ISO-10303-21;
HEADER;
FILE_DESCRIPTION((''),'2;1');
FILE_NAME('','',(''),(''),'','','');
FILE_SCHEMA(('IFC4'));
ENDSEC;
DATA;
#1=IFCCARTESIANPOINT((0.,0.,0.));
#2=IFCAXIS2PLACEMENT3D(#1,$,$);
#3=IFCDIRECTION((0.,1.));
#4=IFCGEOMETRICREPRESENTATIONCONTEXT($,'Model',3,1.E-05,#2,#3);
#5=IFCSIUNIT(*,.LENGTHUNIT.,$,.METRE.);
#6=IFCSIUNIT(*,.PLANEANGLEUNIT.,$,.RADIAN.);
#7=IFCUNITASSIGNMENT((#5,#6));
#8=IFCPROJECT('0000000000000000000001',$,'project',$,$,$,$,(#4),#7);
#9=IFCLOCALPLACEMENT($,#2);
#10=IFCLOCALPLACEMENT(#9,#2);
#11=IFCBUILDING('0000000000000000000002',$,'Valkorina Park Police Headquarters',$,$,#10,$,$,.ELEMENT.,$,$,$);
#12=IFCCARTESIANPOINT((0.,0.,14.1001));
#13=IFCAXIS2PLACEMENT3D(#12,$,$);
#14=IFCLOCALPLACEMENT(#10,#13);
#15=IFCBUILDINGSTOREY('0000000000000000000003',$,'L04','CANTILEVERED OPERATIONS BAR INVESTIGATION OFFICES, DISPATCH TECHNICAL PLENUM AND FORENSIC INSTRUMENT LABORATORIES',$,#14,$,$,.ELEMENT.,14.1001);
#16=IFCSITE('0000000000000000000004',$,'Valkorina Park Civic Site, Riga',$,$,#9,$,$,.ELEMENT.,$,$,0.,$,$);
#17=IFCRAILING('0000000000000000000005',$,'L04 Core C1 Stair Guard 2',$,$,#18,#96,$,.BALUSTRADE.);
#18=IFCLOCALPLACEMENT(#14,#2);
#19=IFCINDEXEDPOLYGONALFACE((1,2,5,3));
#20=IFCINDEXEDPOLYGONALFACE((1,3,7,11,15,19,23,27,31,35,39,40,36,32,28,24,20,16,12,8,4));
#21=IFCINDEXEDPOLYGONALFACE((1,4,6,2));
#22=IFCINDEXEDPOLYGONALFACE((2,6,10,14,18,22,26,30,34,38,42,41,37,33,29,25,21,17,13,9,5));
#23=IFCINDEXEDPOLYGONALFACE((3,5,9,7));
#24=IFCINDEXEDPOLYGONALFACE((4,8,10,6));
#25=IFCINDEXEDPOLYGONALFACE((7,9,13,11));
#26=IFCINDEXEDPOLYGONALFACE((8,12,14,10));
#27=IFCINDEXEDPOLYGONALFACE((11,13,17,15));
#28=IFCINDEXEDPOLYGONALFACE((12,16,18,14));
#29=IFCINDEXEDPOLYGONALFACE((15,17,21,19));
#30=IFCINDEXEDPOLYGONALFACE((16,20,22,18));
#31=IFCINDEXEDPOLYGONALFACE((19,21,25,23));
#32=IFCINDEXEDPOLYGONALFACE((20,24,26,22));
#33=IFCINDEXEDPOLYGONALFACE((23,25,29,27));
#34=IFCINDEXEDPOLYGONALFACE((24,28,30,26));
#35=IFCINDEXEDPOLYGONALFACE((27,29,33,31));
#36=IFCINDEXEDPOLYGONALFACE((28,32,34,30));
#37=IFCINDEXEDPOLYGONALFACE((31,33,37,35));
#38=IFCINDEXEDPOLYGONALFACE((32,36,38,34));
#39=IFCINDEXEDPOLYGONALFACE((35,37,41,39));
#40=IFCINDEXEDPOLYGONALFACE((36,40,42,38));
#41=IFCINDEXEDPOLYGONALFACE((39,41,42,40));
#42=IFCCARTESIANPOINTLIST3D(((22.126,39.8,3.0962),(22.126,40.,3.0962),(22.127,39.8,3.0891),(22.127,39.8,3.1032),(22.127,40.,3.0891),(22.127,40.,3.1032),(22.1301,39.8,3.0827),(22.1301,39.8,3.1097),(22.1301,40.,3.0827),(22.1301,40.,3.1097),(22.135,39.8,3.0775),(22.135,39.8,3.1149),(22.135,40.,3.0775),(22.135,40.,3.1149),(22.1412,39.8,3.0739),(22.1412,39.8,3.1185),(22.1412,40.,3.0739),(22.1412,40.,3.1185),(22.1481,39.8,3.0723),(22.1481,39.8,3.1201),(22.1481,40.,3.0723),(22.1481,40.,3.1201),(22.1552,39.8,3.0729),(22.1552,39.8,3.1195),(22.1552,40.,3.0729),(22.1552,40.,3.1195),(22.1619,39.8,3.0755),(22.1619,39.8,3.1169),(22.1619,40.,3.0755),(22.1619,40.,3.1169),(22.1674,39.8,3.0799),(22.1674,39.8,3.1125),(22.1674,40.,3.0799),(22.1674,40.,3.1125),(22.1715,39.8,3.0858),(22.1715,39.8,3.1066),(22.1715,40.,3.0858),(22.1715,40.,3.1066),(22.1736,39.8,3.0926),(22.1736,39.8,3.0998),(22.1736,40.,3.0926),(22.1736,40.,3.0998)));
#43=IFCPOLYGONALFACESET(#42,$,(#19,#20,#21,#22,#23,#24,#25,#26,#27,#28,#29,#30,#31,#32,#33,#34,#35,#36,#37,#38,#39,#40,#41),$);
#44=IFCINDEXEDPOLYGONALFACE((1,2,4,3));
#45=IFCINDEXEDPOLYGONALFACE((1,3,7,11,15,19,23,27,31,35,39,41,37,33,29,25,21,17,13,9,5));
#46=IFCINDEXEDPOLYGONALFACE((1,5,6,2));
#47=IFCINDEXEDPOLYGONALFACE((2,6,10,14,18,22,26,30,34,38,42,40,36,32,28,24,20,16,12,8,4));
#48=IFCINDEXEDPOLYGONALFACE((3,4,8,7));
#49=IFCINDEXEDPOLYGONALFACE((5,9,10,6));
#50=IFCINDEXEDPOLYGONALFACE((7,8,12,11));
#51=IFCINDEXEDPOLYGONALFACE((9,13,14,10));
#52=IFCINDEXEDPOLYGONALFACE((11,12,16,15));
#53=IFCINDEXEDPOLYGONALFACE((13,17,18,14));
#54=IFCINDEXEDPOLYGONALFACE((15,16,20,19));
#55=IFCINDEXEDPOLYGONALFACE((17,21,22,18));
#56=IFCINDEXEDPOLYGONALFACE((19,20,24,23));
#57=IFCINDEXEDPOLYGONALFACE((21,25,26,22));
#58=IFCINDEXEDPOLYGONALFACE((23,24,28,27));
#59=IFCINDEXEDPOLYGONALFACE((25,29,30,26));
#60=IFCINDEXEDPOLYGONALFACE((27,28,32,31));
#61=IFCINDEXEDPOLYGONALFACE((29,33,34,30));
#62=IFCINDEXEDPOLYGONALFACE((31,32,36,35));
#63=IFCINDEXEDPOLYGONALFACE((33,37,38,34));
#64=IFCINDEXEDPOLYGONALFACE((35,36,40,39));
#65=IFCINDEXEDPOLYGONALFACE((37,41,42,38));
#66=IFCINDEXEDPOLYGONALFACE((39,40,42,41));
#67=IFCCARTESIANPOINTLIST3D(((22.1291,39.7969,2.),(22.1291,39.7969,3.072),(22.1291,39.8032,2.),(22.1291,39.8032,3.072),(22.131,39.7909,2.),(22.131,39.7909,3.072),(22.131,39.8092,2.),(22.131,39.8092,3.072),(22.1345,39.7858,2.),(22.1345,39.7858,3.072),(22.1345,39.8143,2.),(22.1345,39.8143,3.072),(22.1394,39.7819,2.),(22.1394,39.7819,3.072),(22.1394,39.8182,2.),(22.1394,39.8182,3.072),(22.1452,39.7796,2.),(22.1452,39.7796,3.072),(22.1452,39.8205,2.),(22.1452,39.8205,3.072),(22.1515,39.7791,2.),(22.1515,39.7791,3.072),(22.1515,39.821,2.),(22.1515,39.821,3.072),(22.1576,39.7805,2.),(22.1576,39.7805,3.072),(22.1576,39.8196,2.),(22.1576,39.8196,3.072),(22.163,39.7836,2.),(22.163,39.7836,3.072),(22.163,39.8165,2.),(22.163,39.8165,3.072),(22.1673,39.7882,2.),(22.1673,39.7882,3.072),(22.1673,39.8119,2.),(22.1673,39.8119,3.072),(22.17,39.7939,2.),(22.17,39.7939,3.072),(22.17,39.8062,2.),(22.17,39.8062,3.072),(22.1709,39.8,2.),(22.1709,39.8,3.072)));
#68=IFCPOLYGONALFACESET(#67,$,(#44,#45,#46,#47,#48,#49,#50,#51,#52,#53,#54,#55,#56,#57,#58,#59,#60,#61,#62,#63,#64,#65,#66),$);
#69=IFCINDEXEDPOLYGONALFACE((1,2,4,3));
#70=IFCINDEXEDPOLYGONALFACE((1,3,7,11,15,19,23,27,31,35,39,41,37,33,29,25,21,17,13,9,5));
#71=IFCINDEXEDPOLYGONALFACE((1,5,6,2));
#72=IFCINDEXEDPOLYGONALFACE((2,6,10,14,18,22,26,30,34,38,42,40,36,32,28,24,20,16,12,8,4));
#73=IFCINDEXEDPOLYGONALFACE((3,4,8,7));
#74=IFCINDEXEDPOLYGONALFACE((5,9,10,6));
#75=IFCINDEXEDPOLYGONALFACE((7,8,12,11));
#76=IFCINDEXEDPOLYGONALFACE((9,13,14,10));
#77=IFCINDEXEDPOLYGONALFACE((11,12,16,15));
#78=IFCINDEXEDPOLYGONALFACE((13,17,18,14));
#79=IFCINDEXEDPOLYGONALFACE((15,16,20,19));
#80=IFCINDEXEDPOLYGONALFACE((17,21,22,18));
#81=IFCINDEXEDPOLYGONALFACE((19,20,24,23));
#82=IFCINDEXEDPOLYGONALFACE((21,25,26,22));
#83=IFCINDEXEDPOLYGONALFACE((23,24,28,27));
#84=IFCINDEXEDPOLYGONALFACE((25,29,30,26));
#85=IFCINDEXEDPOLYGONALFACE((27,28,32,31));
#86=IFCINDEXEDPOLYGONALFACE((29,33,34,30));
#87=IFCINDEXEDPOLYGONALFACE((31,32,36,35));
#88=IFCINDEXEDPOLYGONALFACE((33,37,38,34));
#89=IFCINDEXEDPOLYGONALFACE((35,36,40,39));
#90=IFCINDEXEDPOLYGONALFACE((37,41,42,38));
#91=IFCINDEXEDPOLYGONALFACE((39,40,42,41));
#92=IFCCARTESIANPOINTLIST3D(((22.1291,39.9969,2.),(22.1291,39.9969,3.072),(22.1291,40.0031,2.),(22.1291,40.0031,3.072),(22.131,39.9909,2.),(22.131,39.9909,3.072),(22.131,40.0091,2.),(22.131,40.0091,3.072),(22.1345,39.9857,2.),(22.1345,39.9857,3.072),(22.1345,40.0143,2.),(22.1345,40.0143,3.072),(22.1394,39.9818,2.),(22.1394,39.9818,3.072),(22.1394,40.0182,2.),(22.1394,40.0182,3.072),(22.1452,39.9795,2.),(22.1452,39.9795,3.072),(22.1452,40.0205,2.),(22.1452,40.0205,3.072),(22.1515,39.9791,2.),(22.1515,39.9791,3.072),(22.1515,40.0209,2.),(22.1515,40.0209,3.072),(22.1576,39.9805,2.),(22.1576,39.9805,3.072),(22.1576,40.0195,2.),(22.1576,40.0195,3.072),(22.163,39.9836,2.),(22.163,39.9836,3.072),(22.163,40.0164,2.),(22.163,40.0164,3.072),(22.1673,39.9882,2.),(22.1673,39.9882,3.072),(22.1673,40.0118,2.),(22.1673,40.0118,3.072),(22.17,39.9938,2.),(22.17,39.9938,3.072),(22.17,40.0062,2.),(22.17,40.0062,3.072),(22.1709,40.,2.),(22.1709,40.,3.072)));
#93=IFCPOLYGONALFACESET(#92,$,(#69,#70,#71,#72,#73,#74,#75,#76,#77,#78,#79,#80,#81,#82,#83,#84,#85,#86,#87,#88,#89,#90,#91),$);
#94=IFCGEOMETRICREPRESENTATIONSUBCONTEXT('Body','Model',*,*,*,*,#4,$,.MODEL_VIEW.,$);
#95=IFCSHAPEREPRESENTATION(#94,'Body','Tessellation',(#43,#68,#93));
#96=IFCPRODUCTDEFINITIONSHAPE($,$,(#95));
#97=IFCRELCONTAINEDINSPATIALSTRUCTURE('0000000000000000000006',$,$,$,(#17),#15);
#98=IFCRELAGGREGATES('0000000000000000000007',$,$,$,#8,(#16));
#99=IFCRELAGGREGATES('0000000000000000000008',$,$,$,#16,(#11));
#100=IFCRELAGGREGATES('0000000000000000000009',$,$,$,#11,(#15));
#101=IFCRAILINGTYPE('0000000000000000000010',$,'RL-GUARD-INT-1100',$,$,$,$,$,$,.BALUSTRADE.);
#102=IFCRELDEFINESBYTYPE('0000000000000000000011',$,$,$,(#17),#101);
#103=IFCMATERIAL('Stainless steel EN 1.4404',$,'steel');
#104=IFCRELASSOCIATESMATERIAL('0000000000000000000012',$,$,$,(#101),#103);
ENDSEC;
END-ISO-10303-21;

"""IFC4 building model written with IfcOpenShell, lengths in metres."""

from ifc_helpers import new_model, si_unit, direction, frame, origin, origin_2d, place, context, subcontext, project, spatial, circle, extrude, material, type_object, element, save


model = new_model("IFC4")

# Units and contexts
model_context = context("Model", 3, precision=1e-05, world=origin(), true_north=direction((0.0, 1.0)))
body_context = subcontext(model_context, "Body", "Model", "MODEL_VIEW")
ifc_project = project(units=[si_unit("LENGTHUNIT", "METRE"), si_unit("PLANEANGLEUNIT", "RADIAN")], contexts=[model_context])

# Site, building, storey
site_placement = place(None, origin())
site = spatial("IfcSite", under=ifc_project, at=site_placement, Name="Valkorina Park Civic Site, Riga", CompositionType="ELEMENT", RefElevation=0.0)
building_placement = place(site_placement, origin())
building = spatial("IfcBuilding", under=site, at=building_placement, Name="Valkorina Park Police Headquarters", CompositionType="ELEMENT")
storey_placement = place(building_placement, frame((0.0, 0.0, 14.1001)))
storey = spatial("IfcBuildingStorey", under=building, at=storey_placement, Name="L04", Description="CANTILEVERED OPERATIONS BAR INVESTIGATION OFFICES, DISPATCH TECHNICAL PLENUM AND FORENSIC INSTRUMENT LABORATORIES", CompositionType="ELEMENT", Elevation=14.1001)

# Shared definitions
ifc_material_1 = material(Name="Stainless steel EN 1.4404", Category="steel")

# Railing
railing_type_1 = type_object("IfcRailingType", Name="RL-GUARD-INT-1100", PredefinedType="BALUSTRADE", material=ifc_material_1)
railing_1_placement = place(storey_placement, frame((22.1499, 39.8, 2.0)))
element("IfcRailing", 1, at=railing_1_placement, inside=storey, type_object=railing_type_1, Name="L04 Core C1 Stair Guard 2", PredefinedType="BALUSTRADE", context=body_context, shape_type="SweptSolid", body=[
    extrude(circle(Radius=0.0239, at=origin_2d()), frame((0.0, 0.0, 1.0962), z_axis=(0.0, 1.0, 0.0), x_axis=(-1.0, 0.0, 0.0)), (0.0, 0.0, 1.0), 0.2),
    extrude(circle(Radius=0.021, at=origin_2d()), origin(), (0.0, 0.0, 1.0), 1.072),
    extrude(circle(Radius=0.021, at=origin_2d()), frame((0.0, 0.2, 0.0)), (0.0, 0.0, 1.0), 1.072),
])

save(model, "model.ifc")
